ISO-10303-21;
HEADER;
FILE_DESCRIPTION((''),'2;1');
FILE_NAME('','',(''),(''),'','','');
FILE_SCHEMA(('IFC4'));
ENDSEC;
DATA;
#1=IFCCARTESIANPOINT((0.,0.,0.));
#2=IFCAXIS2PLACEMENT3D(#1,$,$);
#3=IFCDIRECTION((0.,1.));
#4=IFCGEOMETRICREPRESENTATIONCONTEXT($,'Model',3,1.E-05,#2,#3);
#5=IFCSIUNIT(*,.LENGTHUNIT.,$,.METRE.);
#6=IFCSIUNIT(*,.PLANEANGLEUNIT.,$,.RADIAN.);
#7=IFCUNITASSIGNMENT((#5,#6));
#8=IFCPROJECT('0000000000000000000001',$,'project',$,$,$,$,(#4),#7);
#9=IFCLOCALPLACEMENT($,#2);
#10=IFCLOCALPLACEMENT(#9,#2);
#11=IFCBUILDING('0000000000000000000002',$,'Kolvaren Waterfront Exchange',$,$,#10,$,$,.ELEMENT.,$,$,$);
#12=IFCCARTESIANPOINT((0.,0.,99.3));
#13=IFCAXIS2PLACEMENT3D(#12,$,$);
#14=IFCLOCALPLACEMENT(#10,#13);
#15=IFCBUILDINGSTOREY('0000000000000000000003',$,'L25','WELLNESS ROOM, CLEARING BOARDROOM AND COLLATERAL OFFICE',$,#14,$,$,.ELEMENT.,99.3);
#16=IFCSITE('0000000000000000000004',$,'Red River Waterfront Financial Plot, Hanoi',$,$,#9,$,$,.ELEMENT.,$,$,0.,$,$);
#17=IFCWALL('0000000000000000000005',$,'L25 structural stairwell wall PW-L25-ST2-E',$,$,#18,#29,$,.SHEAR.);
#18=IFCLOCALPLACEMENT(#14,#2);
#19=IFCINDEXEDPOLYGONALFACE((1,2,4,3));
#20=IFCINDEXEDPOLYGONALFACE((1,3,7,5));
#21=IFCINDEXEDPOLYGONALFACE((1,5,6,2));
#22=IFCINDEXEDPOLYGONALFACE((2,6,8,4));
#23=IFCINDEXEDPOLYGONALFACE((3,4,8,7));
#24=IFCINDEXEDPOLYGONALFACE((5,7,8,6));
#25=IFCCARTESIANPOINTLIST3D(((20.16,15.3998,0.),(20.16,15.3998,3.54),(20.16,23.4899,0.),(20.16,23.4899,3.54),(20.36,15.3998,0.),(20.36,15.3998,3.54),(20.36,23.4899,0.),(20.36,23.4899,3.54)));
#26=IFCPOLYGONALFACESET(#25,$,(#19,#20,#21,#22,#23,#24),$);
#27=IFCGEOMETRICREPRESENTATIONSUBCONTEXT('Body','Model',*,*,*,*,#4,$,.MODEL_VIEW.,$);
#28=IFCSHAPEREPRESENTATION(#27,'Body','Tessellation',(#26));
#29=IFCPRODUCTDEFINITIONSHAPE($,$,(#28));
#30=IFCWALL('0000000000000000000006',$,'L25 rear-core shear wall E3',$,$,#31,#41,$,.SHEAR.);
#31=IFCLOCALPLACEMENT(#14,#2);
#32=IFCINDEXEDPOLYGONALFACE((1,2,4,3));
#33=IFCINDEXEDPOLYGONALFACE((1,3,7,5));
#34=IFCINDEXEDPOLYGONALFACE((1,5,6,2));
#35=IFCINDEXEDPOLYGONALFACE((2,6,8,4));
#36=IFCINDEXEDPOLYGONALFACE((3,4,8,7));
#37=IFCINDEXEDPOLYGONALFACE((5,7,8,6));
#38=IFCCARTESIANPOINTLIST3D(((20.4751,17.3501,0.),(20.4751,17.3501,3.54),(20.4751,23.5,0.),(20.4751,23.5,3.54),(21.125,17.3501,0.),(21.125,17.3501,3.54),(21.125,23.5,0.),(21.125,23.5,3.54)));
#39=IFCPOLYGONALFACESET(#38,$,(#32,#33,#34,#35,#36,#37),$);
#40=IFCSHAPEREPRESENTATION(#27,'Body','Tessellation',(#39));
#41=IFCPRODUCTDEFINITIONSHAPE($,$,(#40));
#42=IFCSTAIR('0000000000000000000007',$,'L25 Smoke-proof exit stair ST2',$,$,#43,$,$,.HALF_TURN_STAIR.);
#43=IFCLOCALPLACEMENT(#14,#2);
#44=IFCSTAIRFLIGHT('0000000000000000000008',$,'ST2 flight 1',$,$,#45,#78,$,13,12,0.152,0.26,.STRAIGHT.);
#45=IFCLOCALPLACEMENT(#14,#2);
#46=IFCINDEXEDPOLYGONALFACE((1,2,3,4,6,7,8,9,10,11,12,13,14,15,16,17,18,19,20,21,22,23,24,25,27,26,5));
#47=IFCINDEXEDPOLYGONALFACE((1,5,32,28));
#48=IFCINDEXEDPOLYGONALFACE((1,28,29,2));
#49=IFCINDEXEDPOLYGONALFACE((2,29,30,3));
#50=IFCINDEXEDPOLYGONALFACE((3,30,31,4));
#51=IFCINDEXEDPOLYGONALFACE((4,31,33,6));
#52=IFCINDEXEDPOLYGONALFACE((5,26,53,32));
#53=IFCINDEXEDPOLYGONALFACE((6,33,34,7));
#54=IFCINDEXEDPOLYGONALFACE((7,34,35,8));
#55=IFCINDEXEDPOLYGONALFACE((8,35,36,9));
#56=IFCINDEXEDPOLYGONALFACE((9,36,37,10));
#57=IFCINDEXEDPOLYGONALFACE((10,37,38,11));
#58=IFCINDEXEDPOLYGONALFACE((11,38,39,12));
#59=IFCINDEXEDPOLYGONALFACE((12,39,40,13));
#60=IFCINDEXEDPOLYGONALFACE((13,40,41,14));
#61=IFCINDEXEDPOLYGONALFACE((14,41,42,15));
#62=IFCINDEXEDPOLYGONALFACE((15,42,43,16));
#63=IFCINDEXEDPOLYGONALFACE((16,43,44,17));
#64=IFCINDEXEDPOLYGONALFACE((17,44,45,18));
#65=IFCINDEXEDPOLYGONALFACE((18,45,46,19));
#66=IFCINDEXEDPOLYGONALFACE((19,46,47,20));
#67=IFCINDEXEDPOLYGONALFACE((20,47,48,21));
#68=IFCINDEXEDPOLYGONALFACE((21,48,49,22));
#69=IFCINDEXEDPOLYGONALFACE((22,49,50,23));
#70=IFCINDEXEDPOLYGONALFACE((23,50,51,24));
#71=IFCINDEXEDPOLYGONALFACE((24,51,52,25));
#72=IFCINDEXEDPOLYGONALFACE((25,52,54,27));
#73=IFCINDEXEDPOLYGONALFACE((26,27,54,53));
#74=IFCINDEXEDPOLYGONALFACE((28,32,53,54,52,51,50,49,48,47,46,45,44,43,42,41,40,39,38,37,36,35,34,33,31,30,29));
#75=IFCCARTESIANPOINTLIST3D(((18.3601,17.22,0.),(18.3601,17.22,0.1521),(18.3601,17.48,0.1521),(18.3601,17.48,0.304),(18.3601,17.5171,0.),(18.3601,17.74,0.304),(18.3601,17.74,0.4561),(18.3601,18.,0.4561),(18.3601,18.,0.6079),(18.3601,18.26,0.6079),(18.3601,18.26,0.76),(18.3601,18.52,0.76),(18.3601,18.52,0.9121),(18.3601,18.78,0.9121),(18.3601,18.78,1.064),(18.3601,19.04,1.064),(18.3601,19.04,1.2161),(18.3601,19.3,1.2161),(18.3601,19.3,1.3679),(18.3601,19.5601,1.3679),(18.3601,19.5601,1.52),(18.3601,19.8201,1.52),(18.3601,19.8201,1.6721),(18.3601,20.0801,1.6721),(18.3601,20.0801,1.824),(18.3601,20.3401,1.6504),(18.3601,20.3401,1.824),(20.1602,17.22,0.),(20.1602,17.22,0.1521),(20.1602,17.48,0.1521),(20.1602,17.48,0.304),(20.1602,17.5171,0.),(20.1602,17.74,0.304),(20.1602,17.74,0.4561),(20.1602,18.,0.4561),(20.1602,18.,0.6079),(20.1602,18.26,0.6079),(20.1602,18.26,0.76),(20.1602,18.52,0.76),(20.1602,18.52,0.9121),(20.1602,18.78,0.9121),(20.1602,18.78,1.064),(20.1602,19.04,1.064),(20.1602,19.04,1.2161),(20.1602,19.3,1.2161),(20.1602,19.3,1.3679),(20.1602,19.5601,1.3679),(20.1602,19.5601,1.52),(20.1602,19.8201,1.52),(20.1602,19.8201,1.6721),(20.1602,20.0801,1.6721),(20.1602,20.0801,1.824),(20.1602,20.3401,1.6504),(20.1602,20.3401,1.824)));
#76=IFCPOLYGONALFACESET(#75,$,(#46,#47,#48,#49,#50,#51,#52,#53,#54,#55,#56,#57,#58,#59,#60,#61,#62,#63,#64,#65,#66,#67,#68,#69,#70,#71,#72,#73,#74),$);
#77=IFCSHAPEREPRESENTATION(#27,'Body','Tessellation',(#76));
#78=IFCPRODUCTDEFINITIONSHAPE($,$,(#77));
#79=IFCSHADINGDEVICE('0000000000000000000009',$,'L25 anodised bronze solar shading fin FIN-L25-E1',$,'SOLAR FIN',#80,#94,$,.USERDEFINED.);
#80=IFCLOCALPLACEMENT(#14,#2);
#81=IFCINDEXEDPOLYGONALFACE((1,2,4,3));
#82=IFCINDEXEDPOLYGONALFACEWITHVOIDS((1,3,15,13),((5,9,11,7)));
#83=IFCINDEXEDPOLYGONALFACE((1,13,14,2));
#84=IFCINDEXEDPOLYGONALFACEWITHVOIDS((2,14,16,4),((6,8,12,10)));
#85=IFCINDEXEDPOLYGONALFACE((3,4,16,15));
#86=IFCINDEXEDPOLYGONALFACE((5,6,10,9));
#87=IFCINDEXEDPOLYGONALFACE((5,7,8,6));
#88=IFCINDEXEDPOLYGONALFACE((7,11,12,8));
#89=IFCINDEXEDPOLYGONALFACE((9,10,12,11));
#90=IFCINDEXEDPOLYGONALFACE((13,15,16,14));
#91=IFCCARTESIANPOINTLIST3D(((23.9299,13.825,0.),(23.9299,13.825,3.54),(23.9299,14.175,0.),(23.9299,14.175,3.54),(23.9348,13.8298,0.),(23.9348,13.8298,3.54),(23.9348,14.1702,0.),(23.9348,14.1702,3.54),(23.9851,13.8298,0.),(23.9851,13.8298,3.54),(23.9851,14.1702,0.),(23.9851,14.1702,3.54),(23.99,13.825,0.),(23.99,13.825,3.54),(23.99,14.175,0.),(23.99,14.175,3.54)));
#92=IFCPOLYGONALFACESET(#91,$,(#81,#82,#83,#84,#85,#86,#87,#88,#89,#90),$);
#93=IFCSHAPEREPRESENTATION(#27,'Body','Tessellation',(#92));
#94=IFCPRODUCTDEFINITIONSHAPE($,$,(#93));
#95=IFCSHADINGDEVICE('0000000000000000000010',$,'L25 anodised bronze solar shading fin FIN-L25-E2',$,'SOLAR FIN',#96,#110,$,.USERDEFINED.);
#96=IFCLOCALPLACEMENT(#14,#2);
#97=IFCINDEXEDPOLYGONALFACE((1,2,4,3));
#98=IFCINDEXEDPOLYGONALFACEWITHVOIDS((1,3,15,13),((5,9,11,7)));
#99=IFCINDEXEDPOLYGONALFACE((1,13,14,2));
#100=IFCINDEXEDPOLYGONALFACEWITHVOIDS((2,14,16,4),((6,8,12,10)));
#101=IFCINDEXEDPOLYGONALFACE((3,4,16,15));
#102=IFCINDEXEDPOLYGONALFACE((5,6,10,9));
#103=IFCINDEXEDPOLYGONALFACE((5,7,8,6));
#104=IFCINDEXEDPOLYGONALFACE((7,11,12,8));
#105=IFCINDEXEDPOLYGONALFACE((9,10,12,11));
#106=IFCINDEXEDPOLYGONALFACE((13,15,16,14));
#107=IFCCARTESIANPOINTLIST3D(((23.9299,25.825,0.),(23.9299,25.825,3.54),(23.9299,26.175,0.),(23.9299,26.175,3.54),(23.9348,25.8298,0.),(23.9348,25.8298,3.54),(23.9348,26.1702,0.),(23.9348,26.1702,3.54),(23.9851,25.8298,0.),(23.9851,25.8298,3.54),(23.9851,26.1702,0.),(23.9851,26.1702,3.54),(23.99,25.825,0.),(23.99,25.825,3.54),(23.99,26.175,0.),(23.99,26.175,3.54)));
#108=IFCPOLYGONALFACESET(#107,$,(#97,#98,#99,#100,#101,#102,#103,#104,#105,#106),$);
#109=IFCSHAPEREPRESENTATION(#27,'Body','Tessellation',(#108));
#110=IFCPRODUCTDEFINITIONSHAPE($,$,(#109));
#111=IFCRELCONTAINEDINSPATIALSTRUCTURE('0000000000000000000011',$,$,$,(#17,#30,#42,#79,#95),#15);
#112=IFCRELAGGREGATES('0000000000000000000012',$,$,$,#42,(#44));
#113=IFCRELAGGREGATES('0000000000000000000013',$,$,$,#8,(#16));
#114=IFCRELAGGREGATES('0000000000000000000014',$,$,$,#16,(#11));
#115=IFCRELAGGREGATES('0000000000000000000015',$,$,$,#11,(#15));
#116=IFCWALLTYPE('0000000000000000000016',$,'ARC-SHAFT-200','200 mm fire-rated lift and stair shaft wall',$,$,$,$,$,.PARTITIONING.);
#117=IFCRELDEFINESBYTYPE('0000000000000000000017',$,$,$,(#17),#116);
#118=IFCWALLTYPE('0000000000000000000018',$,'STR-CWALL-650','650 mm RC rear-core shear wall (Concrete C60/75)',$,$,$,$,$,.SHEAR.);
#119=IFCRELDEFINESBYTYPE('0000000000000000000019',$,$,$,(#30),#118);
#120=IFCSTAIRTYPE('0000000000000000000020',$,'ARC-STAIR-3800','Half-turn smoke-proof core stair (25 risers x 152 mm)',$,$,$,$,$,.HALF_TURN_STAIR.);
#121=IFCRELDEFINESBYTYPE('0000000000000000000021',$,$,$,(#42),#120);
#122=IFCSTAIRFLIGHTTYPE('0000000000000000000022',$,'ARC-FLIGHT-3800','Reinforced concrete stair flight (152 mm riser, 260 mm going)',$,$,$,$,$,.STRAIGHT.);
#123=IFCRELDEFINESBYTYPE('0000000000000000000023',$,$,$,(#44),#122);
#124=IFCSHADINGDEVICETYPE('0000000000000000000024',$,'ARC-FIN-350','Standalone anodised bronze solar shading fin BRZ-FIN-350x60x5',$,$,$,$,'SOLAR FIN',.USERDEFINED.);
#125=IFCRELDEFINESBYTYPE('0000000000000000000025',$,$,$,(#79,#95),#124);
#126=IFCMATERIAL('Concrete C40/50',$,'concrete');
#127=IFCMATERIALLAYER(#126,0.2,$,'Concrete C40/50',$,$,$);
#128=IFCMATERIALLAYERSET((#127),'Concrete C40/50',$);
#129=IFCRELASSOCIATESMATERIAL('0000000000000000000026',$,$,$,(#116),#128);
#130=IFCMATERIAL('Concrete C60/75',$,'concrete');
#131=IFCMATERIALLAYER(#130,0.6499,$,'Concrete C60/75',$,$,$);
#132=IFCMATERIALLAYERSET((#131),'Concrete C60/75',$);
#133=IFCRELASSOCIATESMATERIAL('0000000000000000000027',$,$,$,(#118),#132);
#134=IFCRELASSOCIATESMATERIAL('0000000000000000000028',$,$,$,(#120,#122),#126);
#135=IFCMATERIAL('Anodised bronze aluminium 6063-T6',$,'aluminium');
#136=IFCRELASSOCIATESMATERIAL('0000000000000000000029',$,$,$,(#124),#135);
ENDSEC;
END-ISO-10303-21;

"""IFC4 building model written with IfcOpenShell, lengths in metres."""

from ifc_helpers import new_model, si_unit, direction, frame, frame_2d, origin, origin_2d, place, context, subcontext, project, spatial, polyline, rectangle, hollow_rectangle, outline, extrude, material, layer, layer_set, material_profile, profile_set, type_object, element, aggregate, save


model = new_model("IFC4")

# Units and contexts
model_context = context("Model", 3, precision=1e-05, world=origin(), true_north=direction((0.0, 1.0)))
body_context = subcontext(model_context, "Body", "Model", "MODEL_VIEW")
ifc_project = project(units=[si_unit("LENGTHUNIT", "METRE"), si_unit("PLANEANGLEUNIT", "RADIAN")], contexts=[model_context])

# Site, building, storey
site_placement = place(None, origin())
site = spatial("IfcSite", under=ifc_project, at=site_placement, Name="Red River Waterfront Financial Plot, Hanoi", CompositionType="ELEMENT", RefElevation=0.0)
building_placement = place(site_placement, origin())
building = spatial("IfcBuilding", under=site, at=building_placement, Name="Kolvaren Waterfront Exchange", CompositionType="ELEMENT")
storey_placement = place(building_placement, frame((0.0, 0.0, 99.3)))
storey = spatial("IfcBuildingStorey", under=building, at=storey_placement, Name="L25", Description="WELLNESS ROOM, CLEARING BOARDROOM AND COLLATERAL OFFICE", CompositionType="ELEMENT", Elevation=99.3)

# Shared definitions
ifc_material_1 = material(Name="Concrete C60/75", Category="concrete")

# Shared definitions
ifc_material_2 = material(Name="Anodised bronze aluminium 6063-T6", Category="aluminium")

# Walls
ifc_material_3 = material(Name="Concrete C40/50", Category="concrete")
ifc_layer_1 = layer(ifc_material_3, 0.2, Name="Concrete C40/50")
ifc_layer_set_1 = layer_set([ifc_layer_1], Name="Concrete C40/50")
wall_type_1 = type_object("IfcWallType", Name="ARC-SHAFT-200", Description="200 mm fire-rated lift and stair shaft wall", PredefinedType="PARTITIONING", material=ifc_layer_set_1)
wall_1_placement = place(storey_placement, frame((20.26, 15.3999, 0.0), z_axis=(0.0, 0.0, 1.0), x_axis=(0.0, 1.0, 0.0)))
element("IfcWall", 1, at=wall_1_placement, inside=storey, type_object=wall_type_1, Name="L25 structural stairwell wall PW-L25-ST2-E", PredefinedType="SHEAR", context=body_context, shape_type="SweptSolid", body=[
    extrude(rectangle(XDim=8.0901, YDim=0.2, at=frame_2d((4.0449, 0.0))), origin(), (0.0, 0.0, 1.0), 3.54),
])
ifc_layer_2 = layer(ifc_material_1, 0.6499, Name="Concrete C60/75")
ifc_layer_set_2 = layer_set([ifc_layer_2], Name="Concrete C60/75")
wall_type_2 = type_object("IfcWallType", Name="STR-CWALL-650", Description="650 mm RC rear-core shear wall (Concrete C60/75)", PredefinedType="SHEAR", material=ifc_layer_set_2)
wall_2_placement = place(storey_placement, frame((20.8, 17.3501, 0.0), z_axis=(0.0, 0.0, 1.0), x_axis=(0.0, 1.0, 0.0)))
element("IfcWall", 2, at=wall_2_placement, inside=storey, type_object=wall_type_2, Name="L25 rear-core shear wall E3", PredefinedType="SHEAR", context=body_context, shape_type="SweptSolid", body=[
    extrude(rectangle(XDim=6.1499, YDim=0.6499, at=frame_2d((3.075, 0.0))), origin(), (0.0, 0.0, 1.0), 3.54),
])

# Stair, stair flight
stair_type = type_object("IfcStairType", Name="ARC-STAIR-3800", Description="Half-turn smoke-proof core stair (25 risers x 152 mm)", PredefinedType="HALF_TURN_STAIR", material=ifc_material_3)
stair_placement = place(storey_placement, origin())
stair = element("IfcStair", 3, at=stair_placement, inside=storey, type_object=stair_type, Name="L25 Smoke-proof exit stair ST2", PredefinedType="HALF_TURN_STAIR")
stair_flight_type = type_object("IfcStairFlightType", Name="ARC-FLIGHT-3800", Description="Reinforced concrete stair flight (152 mm riser, 260 mm going)", PredefinedType="STRAIGHT", material=ifc_material_3)
stair_flight_placement = place(storey_placement, frame((19.26, 17.22, 0.0), z_axis=(0.0, 0.0, 1.0), x_axis=(0.0, 1.0, 0.0)))
stair_flight = element("IfcStairFlight", 4, at=stair_flight_placement, type_object=stair_flight_type, Name="ST2 flight 1", NumberOfRisers=13, NumberOfTreads=12, PredefinedType="STRAIGHT", RiserHeight=0.152, TreadLength=0.26, context=body_context, shape_type="SweptSolid", body=[
    extrude(outline(polyline([(0.0, 0.0), (0.0, 0.1521), (0.26, 0.1521), (0.26, 0.304), (0.52, 0.304), (0.52, 0.4561), (0.78, 0.4561), (0.78, 0.6079), (1.04, 0.6079), (1.04, 0.76), (1.3, 0.76), (1.3, 0.9121), (1.5601, 0.9121), (1.5601, 1.064), (1.8201, 1.064), (1.8201, 1.2161), (2.0801, 1.2161), (2.0801, 1.3679), (2.3401, 1.3679), (2.3401, 1.52), (2.6001, 1.52), (2.6001, 1.6721), (2.8601, 1.6721), (2.8601, 1.824), (3.1201, 1.824), (3.1201, 1.9761), (3.1201, 1.6504), (0.2971, 0.0), (0.0, 0.0)])), frame((0.0, 0.8999, 0.0), z_axis=(0.0, -1.0, 0.0), x_axis=(1.0, 0.0, 0.0)), (0.0, 0.0, 1.0), 1.8),
])
aggregate(stair, [stair_flight])

# Shading devices
ifc_material_profile_1 = material_profile(ifc_material_2, hollow_rectangle(XDim=0.0601, YDim=0.3501, WallThickness=0.0049, at=origin_2d()), Name="BRZ-FIN-350x60x5")
ifc_profile_set_1 = profile_set([ifc_material_profile_1], Name="Anodised bronze aluminium 6063-T6")
shading_device_type = type_object("IfcShadingDeviceType", Name="ARC-FIN-350", Description="Standalone anodised bronze solar shading fin BRZ-FIN-350x60x5", ElementType="SOLAR FIN", PredefinedType="USERDEFINED", material=ifc_profile_set_1)
for number, where, z_axis, x_axis, name in (
    (5, (23.96, 14.0, 0.0), (0.0, 0.0, 1.0), (1.0, 0.0, 0.0), "L25 anodised bronze solar shading fin FIN-L25-E1"),
    (6, (23.96, 26.0, 0.0), (0.0, 0.0, 1.0), (1.0, 0.0, 0.0), "L25 anodised bronze solar shading fin FIN-L25-E2"),
):
    element("IfcShadingDevice", number, at=place(storey_placement, frame(where, z_axis=z_axis, x_axis=x_axis)), inside=storey, type_object=shading_device_type, Name=name, ObjectType="SOLAR FIN", PredefinedType="USERDEFINED", context=body_context, shape_type="SweptSolid", body=[
        extrude(hollow_rectangle(XDim=0.0601, YDim=0.3501, WallThickness=0.0049, at=origin_2d()), origin(), (0.0, 0.0, 1.0), 3.54),
    ])

save(model, "model.ifc")
